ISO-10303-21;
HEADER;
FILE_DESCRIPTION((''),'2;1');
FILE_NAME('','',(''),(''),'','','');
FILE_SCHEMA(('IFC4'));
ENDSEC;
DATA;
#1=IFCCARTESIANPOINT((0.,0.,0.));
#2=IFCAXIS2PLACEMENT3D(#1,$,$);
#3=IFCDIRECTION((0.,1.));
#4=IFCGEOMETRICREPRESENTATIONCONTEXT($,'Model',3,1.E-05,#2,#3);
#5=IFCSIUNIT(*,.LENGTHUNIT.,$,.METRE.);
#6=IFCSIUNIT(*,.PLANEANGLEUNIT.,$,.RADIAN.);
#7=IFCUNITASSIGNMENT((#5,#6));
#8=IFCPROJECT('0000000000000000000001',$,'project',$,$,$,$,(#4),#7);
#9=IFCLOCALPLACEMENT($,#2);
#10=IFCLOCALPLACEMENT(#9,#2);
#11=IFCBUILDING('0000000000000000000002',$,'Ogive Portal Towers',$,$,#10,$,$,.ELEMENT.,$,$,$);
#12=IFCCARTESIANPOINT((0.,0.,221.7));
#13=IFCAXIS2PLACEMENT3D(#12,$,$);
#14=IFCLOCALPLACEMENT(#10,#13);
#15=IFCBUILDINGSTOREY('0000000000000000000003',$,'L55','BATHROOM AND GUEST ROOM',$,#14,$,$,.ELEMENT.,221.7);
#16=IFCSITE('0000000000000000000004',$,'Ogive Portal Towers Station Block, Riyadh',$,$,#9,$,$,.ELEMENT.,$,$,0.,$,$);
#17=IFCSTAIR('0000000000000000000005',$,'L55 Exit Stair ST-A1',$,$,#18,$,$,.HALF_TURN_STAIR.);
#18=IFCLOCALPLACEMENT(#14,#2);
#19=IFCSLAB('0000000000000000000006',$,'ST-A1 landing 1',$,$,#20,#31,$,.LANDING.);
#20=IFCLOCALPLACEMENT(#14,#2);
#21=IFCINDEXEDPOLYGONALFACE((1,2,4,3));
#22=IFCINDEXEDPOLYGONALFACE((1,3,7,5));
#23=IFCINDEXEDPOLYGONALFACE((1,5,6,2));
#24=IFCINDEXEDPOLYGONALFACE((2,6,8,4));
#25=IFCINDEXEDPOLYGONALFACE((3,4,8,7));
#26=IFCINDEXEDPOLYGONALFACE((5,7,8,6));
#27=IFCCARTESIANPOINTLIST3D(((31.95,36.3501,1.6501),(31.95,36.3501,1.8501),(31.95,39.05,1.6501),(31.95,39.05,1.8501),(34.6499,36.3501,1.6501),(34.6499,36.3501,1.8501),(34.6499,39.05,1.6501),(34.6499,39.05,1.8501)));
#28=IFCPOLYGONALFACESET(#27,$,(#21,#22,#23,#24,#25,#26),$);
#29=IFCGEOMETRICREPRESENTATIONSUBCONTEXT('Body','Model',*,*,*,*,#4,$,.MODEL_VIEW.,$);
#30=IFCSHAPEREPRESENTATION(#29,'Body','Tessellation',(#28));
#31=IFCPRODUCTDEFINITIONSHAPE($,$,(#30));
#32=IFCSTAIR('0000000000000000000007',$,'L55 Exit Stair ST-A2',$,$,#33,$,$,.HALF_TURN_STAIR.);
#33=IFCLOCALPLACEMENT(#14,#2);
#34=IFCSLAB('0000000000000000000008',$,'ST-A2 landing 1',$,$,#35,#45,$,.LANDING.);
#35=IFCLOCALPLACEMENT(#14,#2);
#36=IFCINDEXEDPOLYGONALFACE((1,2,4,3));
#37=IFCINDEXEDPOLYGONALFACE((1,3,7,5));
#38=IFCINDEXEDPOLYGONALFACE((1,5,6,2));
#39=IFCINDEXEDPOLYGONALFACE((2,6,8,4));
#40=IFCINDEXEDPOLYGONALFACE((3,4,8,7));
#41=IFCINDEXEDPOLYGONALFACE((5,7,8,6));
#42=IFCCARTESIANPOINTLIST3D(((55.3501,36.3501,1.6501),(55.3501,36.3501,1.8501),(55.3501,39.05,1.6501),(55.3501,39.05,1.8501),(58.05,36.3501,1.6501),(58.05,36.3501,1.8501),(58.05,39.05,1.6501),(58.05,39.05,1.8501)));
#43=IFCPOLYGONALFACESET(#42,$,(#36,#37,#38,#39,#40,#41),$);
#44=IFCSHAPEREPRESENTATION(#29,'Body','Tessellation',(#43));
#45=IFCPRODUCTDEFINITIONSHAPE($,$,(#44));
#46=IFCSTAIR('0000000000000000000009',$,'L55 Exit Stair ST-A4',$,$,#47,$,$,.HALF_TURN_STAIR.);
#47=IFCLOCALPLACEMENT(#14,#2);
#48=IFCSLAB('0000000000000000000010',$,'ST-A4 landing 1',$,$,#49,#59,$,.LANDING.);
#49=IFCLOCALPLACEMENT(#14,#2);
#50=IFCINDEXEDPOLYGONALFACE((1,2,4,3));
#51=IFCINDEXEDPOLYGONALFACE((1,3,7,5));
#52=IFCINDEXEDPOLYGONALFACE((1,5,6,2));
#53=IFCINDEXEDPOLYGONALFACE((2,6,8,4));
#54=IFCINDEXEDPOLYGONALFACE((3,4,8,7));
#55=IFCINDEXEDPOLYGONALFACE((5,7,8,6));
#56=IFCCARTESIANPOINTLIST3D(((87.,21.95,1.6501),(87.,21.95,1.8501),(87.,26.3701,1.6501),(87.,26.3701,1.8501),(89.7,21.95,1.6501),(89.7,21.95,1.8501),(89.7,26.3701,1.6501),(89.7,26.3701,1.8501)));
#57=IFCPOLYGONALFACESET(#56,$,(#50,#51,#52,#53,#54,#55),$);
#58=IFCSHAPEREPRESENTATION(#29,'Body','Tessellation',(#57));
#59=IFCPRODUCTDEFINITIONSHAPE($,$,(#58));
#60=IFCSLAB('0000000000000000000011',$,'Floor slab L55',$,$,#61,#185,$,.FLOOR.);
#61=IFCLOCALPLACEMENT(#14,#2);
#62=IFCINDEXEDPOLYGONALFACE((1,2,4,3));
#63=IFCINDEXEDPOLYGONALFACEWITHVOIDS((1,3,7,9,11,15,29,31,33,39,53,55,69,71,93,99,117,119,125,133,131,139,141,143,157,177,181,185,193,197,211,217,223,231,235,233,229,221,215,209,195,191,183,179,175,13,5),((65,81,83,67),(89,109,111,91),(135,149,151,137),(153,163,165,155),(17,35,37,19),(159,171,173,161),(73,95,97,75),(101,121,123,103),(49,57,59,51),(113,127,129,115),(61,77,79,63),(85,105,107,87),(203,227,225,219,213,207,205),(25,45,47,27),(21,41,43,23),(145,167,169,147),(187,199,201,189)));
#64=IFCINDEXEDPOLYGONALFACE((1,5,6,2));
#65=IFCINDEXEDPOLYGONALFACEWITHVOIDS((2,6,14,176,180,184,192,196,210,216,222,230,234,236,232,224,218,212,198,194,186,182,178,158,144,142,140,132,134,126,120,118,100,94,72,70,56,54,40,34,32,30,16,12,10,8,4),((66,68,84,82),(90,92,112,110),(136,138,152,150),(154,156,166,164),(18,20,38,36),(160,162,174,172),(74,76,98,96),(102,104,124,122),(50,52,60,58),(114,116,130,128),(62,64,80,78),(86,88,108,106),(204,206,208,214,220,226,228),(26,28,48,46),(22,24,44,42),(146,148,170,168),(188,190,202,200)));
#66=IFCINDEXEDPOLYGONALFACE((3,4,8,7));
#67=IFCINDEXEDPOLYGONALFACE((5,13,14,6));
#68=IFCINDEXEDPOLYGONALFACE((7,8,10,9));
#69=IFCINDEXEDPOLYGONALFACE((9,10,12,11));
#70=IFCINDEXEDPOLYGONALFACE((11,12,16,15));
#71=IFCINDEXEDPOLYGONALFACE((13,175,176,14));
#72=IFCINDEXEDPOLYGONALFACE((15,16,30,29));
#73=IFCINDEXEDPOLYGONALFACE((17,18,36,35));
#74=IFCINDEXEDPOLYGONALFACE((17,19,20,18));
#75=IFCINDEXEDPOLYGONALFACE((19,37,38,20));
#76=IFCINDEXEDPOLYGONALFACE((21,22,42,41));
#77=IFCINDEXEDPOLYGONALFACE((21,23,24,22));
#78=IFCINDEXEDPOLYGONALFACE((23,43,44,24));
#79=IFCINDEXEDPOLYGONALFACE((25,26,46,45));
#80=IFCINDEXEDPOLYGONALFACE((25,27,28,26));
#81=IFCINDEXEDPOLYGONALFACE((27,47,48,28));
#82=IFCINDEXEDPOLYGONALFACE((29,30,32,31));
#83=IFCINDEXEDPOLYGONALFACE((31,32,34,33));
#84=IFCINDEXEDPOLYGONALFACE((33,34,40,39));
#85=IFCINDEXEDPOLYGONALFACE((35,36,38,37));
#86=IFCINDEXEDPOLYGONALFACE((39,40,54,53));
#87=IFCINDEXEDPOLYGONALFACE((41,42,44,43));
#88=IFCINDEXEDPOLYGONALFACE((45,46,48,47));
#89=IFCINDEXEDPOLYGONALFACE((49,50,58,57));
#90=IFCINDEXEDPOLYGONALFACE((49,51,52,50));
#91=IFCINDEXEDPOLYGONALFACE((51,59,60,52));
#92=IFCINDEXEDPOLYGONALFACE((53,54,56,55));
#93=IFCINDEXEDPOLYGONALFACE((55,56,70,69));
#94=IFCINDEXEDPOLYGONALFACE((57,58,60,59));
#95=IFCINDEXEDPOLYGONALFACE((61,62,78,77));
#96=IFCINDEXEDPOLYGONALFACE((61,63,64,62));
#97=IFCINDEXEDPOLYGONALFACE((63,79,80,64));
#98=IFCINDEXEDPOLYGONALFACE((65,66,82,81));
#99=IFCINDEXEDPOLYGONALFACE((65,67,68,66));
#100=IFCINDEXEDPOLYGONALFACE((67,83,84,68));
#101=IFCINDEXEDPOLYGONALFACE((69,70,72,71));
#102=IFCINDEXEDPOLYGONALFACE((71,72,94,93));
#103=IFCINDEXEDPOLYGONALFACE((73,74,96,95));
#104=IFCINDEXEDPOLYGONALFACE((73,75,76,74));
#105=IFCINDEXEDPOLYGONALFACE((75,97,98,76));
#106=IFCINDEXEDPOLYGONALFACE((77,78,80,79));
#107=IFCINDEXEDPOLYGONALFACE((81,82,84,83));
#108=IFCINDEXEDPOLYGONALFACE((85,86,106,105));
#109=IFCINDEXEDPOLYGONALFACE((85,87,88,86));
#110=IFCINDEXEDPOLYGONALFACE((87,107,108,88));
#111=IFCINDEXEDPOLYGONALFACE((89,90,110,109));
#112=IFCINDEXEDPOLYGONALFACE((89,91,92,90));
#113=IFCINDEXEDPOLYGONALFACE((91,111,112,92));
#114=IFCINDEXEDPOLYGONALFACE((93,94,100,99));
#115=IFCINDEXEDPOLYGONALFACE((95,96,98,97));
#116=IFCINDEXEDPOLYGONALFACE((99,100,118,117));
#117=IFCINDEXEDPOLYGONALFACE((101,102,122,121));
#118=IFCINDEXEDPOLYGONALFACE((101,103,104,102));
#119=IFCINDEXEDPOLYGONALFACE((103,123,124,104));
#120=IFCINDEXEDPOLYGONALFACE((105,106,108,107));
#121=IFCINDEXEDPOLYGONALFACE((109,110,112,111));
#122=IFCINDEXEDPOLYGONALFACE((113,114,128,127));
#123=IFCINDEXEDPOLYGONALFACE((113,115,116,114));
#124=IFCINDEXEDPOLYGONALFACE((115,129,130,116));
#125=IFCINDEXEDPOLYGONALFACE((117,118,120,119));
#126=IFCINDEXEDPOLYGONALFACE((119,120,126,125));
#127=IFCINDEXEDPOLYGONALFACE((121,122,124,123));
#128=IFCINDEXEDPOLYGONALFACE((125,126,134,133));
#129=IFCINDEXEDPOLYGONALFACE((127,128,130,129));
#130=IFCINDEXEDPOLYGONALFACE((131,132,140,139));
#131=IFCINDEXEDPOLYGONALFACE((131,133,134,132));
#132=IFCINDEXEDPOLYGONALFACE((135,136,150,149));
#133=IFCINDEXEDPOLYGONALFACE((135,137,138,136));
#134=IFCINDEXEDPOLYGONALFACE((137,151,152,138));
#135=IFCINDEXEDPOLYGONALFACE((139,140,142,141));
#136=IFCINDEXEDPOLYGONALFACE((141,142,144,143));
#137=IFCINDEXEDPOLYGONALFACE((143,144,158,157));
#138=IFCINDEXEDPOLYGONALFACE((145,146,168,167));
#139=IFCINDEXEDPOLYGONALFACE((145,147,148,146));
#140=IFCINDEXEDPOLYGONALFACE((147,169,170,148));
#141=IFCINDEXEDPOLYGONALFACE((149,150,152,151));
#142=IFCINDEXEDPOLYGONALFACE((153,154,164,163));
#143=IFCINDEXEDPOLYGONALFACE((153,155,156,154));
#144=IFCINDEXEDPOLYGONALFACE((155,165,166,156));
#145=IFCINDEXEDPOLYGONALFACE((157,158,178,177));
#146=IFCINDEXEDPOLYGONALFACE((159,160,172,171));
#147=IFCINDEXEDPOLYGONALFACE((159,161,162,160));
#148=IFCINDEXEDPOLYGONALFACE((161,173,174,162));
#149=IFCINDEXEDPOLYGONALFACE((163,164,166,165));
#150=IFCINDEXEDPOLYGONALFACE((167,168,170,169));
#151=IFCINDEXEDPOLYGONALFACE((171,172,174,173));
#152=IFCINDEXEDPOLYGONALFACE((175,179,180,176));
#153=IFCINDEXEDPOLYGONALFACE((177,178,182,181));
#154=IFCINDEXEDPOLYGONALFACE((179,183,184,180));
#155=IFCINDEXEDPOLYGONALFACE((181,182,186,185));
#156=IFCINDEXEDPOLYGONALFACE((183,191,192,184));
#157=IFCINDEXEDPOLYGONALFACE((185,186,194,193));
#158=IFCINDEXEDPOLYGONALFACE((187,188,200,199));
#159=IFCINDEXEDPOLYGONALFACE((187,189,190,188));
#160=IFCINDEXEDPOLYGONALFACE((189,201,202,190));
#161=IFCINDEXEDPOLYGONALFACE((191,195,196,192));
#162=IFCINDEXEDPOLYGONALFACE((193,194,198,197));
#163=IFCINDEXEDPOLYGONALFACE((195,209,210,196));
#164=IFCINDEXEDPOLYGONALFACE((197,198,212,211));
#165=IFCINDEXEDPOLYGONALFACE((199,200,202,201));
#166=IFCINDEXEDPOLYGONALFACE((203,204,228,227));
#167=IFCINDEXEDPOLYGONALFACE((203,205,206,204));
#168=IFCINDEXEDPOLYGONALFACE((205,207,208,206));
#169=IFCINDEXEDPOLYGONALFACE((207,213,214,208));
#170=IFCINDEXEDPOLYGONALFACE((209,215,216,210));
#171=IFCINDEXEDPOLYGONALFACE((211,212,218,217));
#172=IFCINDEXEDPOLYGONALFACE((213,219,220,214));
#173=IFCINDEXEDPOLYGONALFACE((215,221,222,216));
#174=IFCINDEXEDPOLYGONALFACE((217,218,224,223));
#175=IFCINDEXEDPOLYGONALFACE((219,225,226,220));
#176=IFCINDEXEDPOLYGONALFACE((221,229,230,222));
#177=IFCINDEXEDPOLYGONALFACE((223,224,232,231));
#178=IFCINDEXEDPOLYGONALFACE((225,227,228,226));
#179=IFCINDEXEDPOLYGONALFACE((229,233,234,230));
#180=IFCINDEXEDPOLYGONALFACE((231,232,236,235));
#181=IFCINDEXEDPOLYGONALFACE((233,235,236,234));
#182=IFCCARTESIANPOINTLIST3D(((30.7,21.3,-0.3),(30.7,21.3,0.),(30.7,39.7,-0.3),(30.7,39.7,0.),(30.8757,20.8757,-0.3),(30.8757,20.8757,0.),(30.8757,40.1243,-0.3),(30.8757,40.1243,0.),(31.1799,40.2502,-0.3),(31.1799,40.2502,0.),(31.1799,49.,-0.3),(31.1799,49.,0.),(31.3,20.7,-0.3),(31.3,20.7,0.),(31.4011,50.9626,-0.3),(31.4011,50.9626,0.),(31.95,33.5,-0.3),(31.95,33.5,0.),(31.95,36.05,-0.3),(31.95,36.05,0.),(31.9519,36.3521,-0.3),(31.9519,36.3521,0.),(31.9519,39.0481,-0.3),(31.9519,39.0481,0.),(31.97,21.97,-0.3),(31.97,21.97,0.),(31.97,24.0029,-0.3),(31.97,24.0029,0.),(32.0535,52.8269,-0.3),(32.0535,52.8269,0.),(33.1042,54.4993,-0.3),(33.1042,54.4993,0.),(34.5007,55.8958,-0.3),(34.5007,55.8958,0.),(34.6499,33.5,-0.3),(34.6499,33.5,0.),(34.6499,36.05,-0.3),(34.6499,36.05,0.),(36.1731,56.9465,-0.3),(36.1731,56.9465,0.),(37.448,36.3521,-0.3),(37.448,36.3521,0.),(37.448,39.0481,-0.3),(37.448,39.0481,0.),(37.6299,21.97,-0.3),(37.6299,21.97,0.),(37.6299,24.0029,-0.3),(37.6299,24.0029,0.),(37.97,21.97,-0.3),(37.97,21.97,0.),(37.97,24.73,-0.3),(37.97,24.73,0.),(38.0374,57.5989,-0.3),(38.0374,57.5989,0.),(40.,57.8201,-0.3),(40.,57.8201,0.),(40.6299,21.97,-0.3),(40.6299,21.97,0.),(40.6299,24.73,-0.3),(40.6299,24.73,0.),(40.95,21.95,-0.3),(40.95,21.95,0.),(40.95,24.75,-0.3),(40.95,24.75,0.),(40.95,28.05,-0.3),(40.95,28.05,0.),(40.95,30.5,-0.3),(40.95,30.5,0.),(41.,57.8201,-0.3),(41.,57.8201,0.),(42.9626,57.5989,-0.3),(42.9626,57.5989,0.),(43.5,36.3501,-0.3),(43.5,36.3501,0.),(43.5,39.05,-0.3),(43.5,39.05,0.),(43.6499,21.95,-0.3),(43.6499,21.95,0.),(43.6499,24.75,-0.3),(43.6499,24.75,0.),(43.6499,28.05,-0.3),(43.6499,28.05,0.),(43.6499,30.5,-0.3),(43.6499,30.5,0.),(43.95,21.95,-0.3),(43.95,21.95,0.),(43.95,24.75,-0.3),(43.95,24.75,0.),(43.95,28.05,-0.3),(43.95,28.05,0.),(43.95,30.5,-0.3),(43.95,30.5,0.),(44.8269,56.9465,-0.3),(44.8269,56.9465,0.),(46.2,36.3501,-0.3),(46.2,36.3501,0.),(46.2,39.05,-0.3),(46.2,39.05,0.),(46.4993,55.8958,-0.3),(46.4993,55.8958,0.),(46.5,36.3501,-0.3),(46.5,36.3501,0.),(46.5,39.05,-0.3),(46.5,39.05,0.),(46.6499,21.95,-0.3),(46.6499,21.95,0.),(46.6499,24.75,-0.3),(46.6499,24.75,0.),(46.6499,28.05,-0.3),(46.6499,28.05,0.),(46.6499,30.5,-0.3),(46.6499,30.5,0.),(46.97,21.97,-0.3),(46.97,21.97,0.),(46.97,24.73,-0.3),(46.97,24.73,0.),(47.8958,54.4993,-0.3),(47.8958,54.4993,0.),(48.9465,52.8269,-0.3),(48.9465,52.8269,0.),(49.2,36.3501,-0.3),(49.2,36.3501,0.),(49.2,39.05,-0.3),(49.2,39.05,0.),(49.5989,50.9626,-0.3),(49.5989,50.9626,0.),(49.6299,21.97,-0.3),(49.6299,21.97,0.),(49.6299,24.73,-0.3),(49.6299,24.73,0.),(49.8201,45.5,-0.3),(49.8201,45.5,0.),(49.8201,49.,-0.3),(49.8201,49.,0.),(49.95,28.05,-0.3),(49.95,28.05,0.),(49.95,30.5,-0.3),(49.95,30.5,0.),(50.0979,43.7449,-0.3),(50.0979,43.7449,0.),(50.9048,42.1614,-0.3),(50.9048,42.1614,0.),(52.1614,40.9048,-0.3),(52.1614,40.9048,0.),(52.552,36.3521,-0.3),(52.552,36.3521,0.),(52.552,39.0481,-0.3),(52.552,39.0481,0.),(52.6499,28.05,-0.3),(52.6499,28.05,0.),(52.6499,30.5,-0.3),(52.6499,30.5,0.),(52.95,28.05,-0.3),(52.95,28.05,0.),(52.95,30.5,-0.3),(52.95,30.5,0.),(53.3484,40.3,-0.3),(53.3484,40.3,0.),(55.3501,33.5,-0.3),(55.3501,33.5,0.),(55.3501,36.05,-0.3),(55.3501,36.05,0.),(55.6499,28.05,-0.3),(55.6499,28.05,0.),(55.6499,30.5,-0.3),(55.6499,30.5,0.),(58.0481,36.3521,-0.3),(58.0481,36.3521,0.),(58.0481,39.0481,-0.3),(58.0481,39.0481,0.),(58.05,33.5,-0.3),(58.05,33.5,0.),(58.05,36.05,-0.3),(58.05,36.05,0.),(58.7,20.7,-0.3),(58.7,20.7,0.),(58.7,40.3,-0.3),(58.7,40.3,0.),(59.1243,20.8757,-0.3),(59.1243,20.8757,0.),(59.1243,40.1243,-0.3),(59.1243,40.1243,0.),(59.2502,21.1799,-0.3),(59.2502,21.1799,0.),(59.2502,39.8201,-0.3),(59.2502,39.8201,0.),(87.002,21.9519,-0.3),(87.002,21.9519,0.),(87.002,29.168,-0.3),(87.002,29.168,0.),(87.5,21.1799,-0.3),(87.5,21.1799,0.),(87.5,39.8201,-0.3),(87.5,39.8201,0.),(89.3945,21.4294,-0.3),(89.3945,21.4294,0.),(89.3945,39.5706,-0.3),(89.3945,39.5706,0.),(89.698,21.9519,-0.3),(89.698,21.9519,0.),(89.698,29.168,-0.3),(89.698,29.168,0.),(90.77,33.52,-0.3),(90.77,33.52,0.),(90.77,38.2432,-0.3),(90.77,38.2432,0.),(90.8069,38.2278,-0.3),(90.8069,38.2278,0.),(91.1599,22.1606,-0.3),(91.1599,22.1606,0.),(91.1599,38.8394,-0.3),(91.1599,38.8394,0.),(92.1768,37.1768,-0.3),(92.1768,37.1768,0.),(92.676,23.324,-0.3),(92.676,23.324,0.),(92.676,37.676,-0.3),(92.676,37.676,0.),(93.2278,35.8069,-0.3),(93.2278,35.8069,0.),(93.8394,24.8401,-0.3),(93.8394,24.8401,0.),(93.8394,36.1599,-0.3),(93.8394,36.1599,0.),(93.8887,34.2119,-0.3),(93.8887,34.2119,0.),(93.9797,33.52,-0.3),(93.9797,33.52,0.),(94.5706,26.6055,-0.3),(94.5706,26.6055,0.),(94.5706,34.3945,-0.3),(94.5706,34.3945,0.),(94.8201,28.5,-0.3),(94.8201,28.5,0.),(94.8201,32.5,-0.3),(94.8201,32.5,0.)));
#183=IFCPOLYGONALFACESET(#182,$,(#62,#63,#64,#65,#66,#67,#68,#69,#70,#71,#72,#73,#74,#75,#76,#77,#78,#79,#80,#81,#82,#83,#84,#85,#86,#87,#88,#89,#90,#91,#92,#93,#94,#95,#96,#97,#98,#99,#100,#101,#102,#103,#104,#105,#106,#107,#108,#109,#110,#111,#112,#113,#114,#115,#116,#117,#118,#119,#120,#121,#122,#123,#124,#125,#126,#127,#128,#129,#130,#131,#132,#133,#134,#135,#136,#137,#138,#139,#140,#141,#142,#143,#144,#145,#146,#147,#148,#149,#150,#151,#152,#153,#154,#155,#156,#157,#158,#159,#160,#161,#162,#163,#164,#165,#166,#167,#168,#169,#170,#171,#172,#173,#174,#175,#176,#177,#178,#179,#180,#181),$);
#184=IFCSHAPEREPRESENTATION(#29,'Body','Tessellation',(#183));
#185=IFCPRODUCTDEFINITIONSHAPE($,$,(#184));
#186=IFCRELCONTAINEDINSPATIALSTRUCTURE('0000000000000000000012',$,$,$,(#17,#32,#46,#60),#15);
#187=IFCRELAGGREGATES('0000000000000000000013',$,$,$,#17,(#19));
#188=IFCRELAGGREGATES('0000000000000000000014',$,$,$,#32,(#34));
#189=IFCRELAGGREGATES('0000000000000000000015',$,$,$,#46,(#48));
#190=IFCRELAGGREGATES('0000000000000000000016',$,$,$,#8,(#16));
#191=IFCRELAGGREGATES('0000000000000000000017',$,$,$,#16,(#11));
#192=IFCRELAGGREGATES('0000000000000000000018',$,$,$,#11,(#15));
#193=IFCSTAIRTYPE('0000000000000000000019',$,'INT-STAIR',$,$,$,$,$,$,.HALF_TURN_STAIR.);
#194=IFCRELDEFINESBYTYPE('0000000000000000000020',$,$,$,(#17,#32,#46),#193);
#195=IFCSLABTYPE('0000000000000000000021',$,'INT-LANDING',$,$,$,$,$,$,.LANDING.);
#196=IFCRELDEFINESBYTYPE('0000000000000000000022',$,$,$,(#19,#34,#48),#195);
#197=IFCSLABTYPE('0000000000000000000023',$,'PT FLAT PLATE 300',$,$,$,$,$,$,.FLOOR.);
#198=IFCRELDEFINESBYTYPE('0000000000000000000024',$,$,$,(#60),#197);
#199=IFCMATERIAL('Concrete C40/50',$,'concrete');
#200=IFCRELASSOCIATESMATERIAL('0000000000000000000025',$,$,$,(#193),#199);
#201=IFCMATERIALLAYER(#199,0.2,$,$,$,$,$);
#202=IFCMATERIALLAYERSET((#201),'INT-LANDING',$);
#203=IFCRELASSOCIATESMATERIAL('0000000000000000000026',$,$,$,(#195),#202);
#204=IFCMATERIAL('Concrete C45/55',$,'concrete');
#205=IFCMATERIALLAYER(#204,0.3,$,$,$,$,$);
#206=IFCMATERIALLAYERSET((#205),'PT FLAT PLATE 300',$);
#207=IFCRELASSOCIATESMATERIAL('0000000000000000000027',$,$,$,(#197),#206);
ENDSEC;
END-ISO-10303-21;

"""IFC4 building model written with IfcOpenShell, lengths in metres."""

from ifc_helpers import new_model, si_unit, direction, frame, origin, place, context, subcontext, project, spatial, polyline, outline, extrude, material, layer, layer_set, type_object, element, aggregate, save


model = new_model("IFC4")

# Units and contexts
model_context = context("Model", 3, precision=1e-05, world=origin(), true_north=direction((0.0, 1.0)))
body_context = subcontext(model_context, "Body", "Model", "MODEL_VIEW")
ifc_project = project(units=[si_unit("LENGTHUNIT", "METRE"), si_unit("PLANEANGLEUNIT", "RADIAN")], contexts=[model_context])

# Site, building, storey
site_placement = place(None, origin())
site = spatial("IfcSite", under=ifc_project, at=site_placement, Name="Ogive Portal Towers Station Block, Riyadh", CompositionType="ELEMENT", RefElevation=0.0)
building_placement = place(site_placement, origin())
building = spatial("IfcBuilding", under=site, at=building_placement, Name="Ogive Portal Towers", CompositionType="ELEMENT")
storey_placement = place(building_placement, frame((0.0, 0.0, 221.7)))
storey = spatial("IfcBuildingStorey", under=building, at=storey_placement, Name="L55", Description="BATHROOM AND GUEST ROOM", CompositionType="ELEMENT", Elevation=221.7)

# Stairs, slabs
ifc_material_1 = material(Name="Concrete C40/50", Category="concrete")
stair_type = type_object("IfcStairType", Name="INT-STAIR", PredefinedType="HALF_TURN_STAIR", material=ifc_material_1)
stair_1_placement = place(storey_placement, origin())
stair_1 = element("IfcStair", 1, at=stair_1_placement, inside=storey, type_object=stair_type, Name="L55 Exit Stair ST-A1", PredefinedType="HALF_TURN_STAIR")
ifc_layer_1 = layer(ifc_material_1, 0.2)
ifc_layer_set_1 = layer_set([ifc_layer_1], Name="INT-LANDING")
slab_type_1 = type_object("IfcSlabType", Name="INT-LANDING", PredefinedType="LANDING", material=ifc_layer_set_1)
slab_1_placement = place(storey_placement, frame((0.0, 0.0, 1.6501)))
slab_1 = element("IfcSlab", 2, at=slab_1_placement, type_object=slab_type_1, Name="ST-A1 landing 1", PredefinedType="LANDING", context=body_context, shape_type="SweptSolid", body=[
    extrude(outline(polyline([(34.6499, 39.05), (31.95, 39.05), (31.95, 36.3501), (34.6499, 36.3501), (34.6499, 39.05)])), origin(), (0.0, 0.0, 1.0), 0.2),
])
aggregate(stair_1, [slab_1])
stair_2_placement = place(storey_placement, origin())
stair_2 = element("IfcStair", 3, at=stair_2_placement, inside=storey, type_object=stair_type, Name="L55 Exit Stair ST-A2", PredefinedType="HALF_TURN_STAIR")
slab_2_placement = place(storey_placement, frame((0.0, 0.0, 1.6501)))
slab_2 = element("IfcSlab", 4, at=slab_2_placement, type_object=slab_type_1, Name="ST-A2 landing 1", PredefinedType="LANDING", context=body_context, shape_type="SweptSolid", body=[
    extrude(outline(polyline([(55.3501, 36.3501), (58.05, 36.3501), (58.05, 39.05), (55.3501, 39.05), (55.3501, 36.3501)])), origin(), (0.0, 0.0, 1.0), 0.2),
])
aggregate(stair_2, [slab_2])
stair_3_placement = place(storey_placement, origin())
stair_3 = element("IfcStair", 5, at=stair_3_placement, inside=storey, type_object=stair_type, Name="L55 Exit Stair ST-A4", PredefinedType="HALF_TURN_STAIR")
slab_3_placement = place(storey_placement, frame((0.0, 0.0, 1.6501)))
slab_3 = element("IfcSlab", 6, at=slab_3_placement, type_object=slab_type_1, Name="ST-A4 landing 1", PredefinedType="LANDING", context=body_context, shape_type="SweptSolid", body=[
    extrude(outline(polyline([(87.0, 26.3701), (87.0, 21.95), (89.7, 21.95), (89.7, 26.3701), (87.0, 26.3701)])), origin(), (0.0, 0.0, 1.0), 0.2),
])
aggregate(stair_3, [slab_3])

# Slab
ifc_material_2 = material(Name="Concrete C45/55", Category="concrete")
ifc_layer_2 = layer(ifc_material_2, 0.3)
ifc_layer_set_2 = layer_set([ifc_layer_2], Name="PT FLAT PLATE 300")
slab_type_2 = type_object("IfcSlabType", Name="PT FLAT PLATE 300", PredefinedType="FLOOR", material=ifc_layer_set_2)
slab_4_placement = place(storey_placement, frame((0.0, 0.0, -0.3)))
element("IfcSlab", 7, at=slab_4_placement, inside=storey, type_object=slab_type_2, Name="Floor slab L55", PredefinedType="FLOOR", context=body_context, shape_type="SweptSolid", body=[
    extrude(outline(polyline([(89.3945, 39.5706), (87.5, 39.8201), (59.2502, 39.8201), (59.1243, 40.1243), (58.7, 40.3), (53.3484, 40.3), (52.1614, 40.9048), (50.9048, 42.1614), (50.0979, 43.7449), (49.8201, 45.5), (49.8201, 49.0), (49.5989, 50.9626), (48.9465, 52.8269), (47.8958, 54.4993), (46.4993, 55.8958), (44.8269, 56.9465), (42.9626, 57.5989), (41.0, 57.8201), (40.0, 57.8201), (38.0374, 57.5989), (36.1731, 56.9465), (34.5007, 55.8958), (33.1042, 54.4993), (32.0535, 52.8269), (31.4011, 50.9626), (31.1799, 49.0), (31.1799, 40.2502), (30.8757, 40.1243), (30.7, 39.7), (30.7, 21.3), (30.8757, 20.8757), (31.3, 20.7), (58.7, 20.7), (59.1243, 20.8757), (59.2502, 21.1799), (87.5, 21.1799), (89.3945, 21.4294), (91.1599, 22.1606), (92.676, 23.324), (93.8394, 24.8401), (94.5706, 26.6055), (94.8201, 28.5), (94.8201, 32.5), (94.5706, 34.3945), (93.8394, 36.1599), (92.676, 37.676), (91.1599, 38.8394), (89.3945, 39.5706)]), holes=[polyline([(37.6299, 21.97), (31.97, 21.97), (31.97, 24.0029), (37.6299, 24.0029), (37.6299, 21.97)]), polyline([(40.6299, 21.97), (37.97, 21.97), (37.97, 24.73), (40.6299, 24.73), (40.6299, 21.97)]), polyline([(43.6499, 24.75), (43.6499, 21.95), (40.95, 21.95), (40.95, 24.75), (43.6499, 24.75)]), polyline([(46.6499, 24.75), (46.6499, 21.95), (43.95, 21.95), (43.95, 24.75), (46.6499, 24.75)]), polyline([(43.6499, 30.5), (43.6499, 28.05), (40.95, 28.05), (40.95, 30.5), (43.6499, 30.5)]), polyline([(46.6499, 30.5), (46.6499, 28.05), (43.95, 28.05), (43.95, 30.5), (46.6499, 30.5)]), polyline([(34.6499, 36.05), (34.6499, 33.5), (31.95, 33.5), (31.95, 36.05), (34.6499, 36.05)]), polyline([(31.9519, 39.0481), (37.448, 39.0481), (37.448, 36.3521), (31.9519, 36.3521), (31.9519, 39.0481)]), polyline([(46.2, 39.05), (46.2, 36.3501), (43.5, 36.3501), (43.5, 39.05), (46.2, 39.05)]), polyline([(49.6299, 21.97), (46.97, 21.97), (46.97, 24.73), (49.6299, 24.73), (49.6299, 21.97)]), polyline([(87.002, 21.9519), (87.002, 29.168), (89.698, 29.168), (89.698, 21.9519), (87.002, 21.9519)]), polyline([(52.6499, 30.5), (52.6499, 28.05), (49.95, 28.05), (49.95, 30.5), (52.6499, 30.5)]), polyline([(55.6499, 30.5), (55.6499, 28.05), (52.95, 28.05), (52.95, 30.5), (55.6499, 30.5)]), polyline([(58.05, 36.05), (58.05, 33.5), (55.3501, 33.5), (55.3501, 36.05), (58.05, 36.05)]), polyline([(92.1768, 37.1768), (93.2278, 35.8069), (93.8887, 34.2119), (93.9797, 33.52), (90.77, 33.52), (90.77, 38.2432), (90.8069, 38.2278), (92.1768, 37.1768)]), polyline([(49.2, 36.3501), (46.5, 36.3501), (46.5, 39.05), (49.2, 39.05), (49.2, 36.3501)]), polyline([(52.552, 36.3521), (52.552, 39.0481), (58.0481, 39.0481), (58.0481, 36.3521), (52.552, 36.3521)])]), origin(), (0.0, 0.0, 1.0), 0.3),
])

save(model, "model.ifc")
